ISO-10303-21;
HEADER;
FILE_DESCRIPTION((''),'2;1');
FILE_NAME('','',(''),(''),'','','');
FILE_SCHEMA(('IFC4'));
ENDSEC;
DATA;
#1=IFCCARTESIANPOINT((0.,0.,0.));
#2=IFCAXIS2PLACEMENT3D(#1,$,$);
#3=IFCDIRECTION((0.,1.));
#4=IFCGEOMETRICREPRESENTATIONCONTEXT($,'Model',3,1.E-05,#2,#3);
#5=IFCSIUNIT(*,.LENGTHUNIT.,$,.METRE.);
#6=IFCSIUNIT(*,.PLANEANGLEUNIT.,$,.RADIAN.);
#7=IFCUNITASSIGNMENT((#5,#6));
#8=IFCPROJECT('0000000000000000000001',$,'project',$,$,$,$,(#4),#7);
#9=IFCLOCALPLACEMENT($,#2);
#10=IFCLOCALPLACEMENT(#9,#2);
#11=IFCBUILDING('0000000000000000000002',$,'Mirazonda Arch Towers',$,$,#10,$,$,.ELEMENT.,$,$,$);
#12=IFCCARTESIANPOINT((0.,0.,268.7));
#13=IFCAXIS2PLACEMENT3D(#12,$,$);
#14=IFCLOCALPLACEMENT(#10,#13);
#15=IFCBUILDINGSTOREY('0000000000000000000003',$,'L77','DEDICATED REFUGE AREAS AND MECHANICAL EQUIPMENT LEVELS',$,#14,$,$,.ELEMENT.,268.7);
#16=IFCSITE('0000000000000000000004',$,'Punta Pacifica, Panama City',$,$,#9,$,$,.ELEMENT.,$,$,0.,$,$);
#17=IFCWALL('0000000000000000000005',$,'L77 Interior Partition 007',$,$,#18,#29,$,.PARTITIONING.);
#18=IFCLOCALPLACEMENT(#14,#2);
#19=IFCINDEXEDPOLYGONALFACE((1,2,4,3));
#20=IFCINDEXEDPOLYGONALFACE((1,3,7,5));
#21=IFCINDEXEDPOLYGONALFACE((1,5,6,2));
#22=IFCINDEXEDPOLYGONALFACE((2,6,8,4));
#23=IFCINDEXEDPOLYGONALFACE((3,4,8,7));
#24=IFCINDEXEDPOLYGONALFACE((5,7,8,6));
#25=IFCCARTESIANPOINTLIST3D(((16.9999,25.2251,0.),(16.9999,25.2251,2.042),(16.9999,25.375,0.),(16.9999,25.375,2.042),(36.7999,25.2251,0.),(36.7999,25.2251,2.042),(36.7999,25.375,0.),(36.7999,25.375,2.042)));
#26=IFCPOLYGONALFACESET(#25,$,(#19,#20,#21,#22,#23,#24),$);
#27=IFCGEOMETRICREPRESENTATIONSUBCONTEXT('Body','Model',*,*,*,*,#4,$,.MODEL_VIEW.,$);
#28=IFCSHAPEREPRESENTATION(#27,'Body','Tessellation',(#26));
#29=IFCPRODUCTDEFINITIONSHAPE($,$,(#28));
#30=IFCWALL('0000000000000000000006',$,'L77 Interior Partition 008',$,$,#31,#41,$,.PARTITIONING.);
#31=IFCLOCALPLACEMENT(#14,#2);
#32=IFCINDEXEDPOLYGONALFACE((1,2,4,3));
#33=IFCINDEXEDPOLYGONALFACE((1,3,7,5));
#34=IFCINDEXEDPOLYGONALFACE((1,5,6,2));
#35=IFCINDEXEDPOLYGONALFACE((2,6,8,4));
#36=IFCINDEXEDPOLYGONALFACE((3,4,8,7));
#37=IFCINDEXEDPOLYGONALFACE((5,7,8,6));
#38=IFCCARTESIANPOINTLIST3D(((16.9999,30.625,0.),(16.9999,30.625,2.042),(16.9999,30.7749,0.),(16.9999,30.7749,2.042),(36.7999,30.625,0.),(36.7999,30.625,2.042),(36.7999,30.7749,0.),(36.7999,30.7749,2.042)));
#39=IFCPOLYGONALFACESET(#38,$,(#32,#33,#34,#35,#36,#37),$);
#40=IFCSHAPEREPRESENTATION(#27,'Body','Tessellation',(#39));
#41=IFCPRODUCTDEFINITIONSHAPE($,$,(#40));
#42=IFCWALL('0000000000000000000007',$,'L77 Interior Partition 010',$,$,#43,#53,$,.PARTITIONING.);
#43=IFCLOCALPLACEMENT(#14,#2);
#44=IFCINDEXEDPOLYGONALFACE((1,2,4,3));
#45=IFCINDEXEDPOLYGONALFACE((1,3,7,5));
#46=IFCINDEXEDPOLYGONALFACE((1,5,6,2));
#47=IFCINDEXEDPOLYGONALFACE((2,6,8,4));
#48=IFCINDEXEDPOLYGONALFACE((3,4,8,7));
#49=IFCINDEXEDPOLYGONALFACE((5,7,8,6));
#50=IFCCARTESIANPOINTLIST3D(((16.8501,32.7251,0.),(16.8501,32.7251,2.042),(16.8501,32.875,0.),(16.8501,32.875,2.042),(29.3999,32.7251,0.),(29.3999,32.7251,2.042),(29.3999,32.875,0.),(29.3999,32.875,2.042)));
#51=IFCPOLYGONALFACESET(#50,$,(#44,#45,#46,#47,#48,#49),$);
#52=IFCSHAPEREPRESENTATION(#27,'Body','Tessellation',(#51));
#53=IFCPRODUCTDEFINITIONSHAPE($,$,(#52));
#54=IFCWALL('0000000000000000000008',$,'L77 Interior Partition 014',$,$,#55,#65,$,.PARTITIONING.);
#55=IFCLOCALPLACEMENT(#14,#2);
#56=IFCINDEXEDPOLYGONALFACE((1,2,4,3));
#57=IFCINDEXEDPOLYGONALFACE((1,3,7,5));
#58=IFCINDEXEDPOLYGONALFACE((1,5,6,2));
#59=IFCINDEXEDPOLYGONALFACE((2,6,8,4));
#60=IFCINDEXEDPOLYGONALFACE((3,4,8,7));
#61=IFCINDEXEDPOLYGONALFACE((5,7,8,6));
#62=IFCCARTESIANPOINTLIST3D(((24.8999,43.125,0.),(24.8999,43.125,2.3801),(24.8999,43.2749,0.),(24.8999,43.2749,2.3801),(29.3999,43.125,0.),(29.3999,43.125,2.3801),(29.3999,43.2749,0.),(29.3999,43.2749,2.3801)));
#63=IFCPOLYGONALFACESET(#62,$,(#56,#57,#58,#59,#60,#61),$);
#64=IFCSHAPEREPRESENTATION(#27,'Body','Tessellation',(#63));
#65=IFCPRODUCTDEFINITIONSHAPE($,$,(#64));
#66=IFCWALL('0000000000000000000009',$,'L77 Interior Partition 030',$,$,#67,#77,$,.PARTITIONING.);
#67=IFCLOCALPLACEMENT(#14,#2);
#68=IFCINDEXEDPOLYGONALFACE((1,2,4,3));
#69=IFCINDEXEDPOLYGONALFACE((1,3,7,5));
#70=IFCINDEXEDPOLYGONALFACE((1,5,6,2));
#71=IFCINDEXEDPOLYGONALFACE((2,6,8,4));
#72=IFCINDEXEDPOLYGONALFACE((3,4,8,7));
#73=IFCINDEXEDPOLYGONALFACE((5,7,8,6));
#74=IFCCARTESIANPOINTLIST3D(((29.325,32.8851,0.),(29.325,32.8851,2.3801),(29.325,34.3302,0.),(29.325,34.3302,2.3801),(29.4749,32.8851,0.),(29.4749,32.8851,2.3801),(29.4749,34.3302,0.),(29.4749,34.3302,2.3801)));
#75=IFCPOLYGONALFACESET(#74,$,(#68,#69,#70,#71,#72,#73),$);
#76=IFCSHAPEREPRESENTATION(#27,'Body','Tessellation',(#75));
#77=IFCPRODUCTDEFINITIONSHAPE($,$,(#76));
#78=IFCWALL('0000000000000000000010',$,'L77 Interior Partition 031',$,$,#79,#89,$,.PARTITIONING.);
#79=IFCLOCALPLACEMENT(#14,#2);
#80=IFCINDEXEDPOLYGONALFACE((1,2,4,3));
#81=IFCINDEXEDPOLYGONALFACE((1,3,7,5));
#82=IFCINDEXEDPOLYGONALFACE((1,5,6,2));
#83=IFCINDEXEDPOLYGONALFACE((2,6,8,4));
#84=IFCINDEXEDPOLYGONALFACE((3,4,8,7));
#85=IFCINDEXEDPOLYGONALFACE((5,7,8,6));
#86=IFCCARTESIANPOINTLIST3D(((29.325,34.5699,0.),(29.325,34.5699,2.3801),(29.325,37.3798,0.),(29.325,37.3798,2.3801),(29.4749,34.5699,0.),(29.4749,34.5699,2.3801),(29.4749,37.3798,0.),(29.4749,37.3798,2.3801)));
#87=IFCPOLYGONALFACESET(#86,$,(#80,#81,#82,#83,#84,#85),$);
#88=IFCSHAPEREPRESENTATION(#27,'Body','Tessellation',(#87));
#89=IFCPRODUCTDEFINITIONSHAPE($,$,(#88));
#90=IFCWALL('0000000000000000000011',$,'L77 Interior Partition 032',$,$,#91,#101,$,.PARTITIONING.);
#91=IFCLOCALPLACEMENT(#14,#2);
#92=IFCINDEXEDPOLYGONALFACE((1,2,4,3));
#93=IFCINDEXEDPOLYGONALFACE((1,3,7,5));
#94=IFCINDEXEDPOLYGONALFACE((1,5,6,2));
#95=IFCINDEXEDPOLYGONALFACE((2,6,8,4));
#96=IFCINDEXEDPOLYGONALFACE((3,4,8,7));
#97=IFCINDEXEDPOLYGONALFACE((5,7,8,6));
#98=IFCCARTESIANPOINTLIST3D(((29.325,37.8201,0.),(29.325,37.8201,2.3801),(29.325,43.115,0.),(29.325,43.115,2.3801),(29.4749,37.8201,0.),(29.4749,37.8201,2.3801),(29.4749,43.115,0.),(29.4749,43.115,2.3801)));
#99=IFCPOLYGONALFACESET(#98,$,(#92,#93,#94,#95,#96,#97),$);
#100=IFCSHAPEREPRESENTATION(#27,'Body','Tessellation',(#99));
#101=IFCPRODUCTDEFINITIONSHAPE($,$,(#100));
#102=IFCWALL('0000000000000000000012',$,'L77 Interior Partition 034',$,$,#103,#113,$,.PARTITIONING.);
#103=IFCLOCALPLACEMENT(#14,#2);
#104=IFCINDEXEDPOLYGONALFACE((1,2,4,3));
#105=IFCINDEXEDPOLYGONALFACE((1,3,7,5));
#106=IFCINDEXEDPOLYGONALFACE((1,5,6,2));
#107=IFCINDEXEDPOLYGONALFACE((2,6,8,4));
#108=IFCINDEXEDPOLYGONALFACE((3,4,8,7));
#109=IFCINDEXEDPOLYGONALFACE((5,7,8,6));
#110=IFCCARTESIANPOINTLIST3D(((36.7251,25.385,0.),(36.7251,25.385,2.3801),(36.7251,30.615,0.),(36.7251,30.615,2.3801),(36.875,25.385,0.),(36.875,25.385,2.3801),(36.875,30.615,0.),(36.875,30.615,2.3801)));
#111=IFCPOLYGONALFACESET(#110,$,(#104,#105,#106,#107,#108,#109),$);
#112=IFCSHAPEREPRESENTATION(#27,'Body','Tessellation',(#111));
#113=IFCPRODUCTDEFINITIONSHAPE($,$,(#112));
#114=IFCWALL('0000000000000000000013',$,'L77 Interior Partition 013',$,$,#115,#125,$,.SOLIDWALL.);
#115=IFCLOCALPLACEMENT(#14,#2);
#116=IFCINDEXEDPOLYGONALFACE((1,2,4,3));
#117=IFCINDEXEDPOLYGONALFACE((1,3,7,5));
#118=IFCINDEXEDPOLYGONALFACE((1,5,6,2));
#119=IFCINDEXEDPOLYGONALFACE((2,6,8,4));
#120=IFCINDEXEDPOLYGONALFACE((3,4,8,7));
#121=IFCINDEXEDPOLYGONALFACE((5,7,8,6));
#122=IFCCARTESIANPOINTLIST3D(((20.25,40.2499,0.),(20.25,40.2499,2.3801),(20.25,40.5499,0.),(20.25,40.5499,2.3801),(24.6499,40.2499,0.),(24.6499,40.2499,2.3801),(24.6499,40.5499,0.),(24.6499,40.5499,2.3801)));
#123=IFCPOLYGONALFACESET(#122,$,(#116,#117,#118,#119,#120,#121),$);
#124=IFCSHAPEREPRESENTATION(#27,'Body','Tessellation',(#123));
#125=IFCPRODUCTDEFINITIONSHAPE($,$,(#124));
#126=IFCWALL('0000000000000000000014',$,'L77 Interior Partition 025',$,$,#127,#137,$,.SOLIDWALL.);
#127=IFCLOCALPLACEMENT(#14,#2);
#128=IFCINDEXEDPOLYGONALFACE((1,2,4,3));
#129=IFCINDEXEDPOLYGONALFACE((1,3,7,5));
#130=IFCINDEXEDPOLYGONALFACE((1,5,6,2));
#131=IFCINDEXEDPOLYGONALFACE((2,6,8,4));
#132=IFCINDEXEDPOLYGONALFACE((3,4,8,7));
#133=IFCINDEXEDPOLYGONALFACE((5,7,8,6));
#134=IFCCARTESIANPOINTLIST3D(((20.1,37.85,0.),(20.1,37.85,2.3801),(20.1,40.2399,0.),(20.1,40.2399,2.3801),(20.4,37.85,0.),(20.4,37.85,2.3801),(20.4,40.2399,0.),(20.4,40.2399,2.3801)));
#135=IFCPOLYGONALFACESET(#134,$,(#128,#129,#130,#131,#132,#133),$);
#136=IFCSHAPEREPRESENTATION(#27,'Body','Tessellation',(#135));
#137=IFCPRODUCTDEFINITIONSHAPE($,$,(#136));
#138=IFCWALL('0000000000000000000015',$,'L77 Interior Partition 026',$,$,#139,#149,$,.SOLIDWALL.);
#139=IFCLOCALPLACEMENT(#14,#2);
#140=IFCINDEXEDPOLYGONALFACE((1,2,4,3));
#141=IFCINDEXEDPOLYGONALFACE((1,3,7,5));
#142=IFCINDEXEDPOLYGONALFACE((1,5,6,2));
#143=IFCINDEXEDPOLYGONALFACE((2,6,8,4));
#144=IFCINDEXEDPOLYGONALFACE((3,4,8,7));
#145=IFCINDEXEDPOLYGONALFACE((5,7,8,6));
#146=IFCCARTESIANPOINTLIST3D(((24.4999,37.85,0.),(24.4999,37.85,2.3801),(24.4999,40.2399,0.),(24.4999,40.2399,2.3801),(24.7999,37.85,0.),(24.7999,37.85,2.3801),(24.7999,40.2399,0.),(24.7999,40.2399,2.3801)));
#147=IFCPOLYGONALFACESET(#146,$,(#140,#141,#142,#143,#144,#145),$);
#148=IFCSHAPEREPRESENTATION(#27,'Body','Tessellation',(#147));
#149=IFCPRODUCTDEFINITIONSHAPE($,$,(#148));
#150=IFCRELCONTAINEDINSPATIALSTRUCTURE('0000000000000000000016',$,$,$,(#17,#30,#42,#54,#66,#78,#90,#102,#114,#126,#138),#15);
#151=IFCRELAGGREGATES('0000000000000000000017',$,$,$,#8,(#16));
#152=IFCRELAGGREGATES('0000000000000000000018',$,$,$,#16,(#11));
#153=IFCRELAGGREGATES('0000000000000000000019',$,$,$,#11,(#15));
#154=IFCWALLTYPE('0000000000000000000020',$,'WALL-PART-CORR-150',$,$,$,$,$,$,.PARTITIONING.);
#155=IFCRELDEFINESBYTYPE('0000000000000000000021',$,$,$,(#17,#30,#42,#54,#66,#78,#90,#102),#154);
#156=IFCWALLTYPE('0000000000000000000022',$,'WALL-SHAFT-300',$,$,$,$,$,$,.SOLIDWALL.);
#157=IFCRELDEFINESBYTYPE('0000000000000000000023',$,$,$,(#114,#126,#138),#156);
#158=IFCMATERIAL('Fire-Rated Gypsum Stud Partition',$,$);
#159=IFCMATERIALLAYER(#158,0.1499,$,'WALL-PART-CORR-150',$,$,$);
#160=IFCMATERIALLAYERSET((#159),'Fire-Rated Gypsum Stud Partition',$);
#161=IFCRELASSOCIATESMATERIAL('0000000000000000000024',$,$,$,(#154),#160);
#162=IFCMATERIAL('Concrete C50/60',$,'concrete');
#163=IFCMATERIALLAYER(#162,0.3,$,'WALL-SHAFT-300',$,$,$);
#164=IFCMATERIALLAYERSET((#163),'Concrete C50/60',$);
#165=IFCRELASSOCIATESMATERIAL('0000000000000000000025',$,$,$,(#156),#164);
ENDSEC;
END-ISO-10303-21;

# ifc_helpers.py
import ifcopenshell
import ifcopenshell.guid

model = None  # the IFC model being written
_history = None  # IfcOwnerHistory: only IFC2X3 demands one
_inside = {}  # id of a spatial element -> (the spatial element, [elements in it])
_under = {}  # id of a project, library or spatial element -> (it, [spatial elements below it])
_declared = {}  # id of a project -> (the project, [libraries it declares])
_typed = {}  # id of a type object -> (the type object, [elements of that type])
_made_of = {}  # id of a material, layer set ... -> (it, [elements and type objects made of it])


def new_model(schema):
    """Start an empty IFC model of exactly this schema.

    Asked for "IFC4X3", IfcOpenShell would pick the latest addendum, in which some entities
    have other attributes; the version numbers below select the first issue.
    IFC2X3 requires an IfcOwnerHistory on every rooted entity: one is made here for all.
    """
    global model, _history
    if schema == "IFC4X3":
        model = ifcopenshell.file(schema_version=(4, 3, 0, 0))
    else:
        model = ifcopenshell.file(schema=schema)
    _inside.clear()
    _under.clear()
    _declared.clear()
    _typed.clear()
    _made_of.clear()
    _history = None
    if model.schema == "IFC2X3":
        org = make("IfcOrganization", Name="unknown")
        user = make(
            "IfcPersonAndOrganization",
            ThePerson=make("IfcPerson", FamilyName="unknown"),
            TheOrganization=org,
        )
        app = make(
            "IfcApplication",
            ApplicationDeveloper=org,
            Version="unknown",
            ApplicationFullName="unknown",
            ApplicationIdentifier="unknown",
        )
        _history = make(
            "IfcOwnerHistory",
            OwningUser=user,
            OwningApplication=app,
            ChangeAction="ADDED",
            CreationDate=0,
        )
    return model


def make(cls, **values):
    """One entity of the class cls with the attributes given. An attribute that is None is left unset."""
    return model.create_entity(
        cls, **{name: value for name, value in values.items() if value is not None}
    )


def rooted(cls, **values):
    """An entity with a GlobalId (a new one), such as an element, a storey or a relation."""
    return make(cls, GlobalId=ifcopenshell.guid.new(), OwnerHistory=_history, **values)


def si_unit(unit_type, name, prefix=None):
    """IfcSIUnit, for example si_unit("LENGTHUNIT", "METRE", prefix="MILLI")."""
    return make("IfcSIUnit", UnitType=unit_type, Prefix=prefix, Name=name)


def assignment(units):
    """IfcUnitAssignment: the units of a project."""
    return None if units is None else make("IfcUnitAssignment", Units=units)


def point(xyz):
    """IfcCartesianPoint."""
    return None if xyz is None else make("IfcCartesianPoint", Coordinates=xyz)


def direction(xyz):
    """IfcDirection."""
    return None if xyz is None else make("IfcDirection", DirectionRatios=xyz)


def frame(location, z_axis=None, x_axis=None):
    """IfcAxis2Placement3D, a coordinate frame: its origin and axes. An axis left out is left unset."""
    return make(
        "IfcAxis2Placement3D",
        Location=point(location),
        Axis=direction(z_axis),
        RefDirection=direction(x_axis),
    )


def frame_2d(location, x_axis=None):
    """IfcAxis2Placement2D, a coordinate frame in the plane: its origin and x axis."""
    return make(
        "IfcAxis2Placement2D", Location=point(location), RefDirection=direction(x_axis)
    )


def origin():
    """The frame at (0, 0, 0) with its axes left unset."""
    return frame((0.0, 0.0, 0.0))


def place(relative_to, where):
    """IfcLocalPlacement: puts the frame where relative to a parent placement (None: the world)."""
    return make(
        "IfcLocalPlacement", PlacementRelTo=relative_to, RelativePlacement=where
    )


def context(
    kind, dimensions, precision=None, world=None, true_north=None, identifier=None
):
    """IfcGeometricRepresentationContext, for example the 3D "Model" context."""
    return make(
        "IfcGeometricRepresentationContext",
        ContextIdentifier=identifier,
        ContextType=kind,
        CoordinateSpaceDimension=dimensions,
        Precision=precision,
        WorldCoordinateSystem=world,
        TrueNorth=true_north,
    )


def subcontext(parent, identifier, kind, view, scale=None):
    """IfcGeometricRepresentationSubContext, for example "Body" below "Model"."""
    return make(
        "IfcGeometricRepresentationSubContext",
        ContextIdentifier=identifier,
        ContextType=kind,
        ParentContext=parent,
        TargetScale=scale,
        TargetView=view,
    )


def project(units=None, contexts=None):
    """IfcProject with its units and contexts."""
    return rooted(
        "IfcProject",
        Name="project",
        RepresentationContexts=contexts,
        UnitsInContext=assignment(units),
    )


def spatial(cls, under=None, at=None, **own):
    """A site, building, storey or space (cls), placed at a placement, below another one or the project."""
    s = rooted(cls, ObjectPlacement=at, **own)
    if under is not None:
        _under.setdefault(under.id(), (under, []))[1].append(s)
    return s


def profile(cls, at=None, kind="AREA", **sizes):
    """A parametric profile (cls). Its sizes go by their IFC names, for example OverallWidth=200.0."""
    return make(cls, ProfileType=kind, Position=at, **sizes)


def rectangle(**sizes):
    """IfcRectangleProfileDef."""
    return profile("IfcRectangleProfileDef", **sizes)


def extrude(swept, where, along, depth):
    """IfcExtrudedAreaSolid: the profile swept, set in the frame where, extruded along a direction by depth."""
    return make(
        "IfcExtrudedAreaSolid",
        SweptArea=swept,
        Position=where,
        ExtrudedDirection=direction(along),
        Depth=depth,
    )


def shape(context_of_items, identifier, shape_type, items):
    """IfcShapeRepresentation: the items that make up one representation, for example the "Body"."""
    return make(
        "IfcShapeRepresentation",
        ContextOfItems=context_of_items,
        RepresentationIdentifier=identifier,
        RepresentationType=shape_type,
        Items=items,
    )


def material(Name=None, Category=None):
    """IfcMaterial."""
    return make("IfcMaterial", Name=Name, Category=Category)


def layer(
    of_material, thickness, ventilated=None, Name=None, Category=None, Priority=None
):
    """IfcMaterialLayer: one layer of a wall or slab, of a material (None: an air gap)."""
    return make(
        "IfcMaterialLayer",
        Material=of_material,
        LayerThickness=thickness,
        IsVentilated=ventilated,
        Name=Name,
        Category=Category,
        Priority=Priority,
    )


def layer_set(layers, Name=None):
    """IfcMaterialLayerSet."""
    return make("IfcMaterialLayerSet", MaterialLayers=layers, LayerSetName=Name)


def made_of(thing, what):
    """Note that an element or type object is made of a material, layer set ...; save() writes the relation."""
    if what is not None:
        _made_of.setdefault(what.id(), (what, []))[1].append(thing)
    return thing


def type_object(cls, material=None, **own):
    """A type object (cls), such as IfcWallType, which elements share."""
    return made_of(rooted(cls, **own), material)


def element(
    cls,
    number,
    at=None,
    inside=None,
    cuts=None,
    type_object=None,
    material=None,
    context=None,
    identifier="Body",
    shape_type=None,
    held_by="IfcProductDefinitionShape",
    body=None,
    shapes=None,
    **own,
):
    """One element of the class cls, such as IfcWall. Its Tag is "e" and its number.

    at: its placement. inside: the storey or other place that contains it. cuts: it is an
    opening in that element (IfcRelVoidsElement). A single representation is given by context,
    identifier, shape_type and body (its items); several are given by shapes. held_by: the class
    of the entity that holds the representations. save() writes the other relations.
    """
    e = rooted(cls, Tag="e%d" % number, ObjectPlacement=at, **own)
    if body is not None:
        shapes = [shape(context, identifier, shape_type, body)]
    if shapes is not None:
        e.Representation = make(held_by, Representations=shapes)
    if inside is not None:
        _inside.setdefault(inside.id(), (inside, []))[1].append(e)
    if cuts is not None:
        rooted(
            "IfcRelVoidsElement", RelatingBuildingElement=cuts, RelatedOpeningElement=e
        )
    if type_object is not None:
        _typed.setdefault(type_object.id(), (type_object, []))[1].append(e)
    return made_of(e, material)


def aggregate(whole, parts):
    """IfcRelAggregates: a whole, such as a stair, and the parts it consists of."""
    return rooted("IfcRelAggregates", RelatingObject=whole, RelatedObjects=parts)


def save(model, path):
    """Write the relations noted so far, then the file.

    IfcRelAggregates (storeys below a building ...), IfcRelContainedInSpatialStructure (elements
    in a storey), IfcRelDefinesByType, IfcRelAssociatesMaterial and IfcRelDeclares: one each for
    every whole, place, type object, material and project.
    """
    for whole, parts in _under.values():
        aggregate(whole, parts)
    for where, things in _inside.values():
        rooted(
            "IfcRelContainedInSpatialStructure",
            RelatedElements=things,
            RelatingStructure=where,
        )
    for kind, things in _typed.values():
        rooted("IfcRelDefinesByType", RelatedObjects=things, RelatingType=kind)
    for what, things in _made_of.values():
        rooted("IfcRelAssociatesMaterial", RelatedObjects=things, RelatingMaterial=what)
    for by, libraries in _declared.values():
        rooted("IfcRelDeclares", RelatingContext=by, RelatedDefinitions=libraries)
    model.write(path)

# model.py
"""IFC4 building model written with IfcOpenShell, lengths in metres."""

from ifc_helpers import new_model, si_unit, direction, frame, frame_2d, origin, place, context, subcontext, project, spatial, rectangle, extrude, material, layer, layer_set, type_object, element, save


model = new_model("IFC4")

# Units and contexts
model_context = context("Model", 3, precision=1e-05, world=origin(), true_north=direction((0.0, 1.0)))
body_context = subcontext(model_context, "Body", "Model", "MODEL_VIEW")
ifc_project = project(units=[si_unit("LENGTHUNIT", "METRE"), si_unit("PLANEANGLEUNIT", "RADIAN")], contexts=[model_context])

# Site, building, storey
site_placement = place(None, origin())
site = spatial("IfcSite", under=ifc_project, at=site_placement, Name="Punta Pacifica, Panama City", CompositionType="ELEMENT", RefElevation=0.0)
building_placement = place(site_placement, origin())
building = spatial("IfcBuilding", under=site, at=building_placement, Name="Mirazonda Arch Towers", CompositionType="ELEMENT")
storey_placement = place(building_placement, frame((0.0, 0.0, 268.7)))
storey = spatial("IfcBuildingStorey", under=building, at=storey_placement, Name="L77", Description="DEDICATED REFUGE AREAS AND MECHANICAL EQUIPMENT LEVELS", CompositionType="ELEMENT", Elevation=268.7)

# Shared definitions
ifc_material_1 = material(Name="Concrete C50/60", Category="concrete")

# Walls
ifc_material_2 = material(Name="Fire-Rated Gypsum Stud Partition")
ifc_layer_1 = layer(ifc_material_2, 0.1499, Name="WALL-PART-CORR-150")
ifc_layer_set_1 = layer_set([ifc_layer_1], Name="Fire-Rated Gypsum Stud Partition")
wall_type_1 = type_object("IfcWallType", Name="WALL-PART-CORR-150", PredefinedType="PARTITIONING", material=ifc_layer_set_1)
for number, where, z_axis, x_axis, name in (
    (1, (17.0, 25.3, 0.0), (0.0, 0.0, 1.0), (1.0, 0.0, 0.0), "L77 Interior Partition 007"),
    (2, (17.0, 30.7, 0.0), (0.0, 0.0, 1.0), (1.0, 0.0, 0.0), "L77 Interior Partition 008"),
):
    element("IfcWall", number, at=place(storey_placement, frame(where, z_axis=z_axis, x_axis=x_axis)), inside=storey, type_object=wall_type_1, Name=name, PredefinedType="PARTITIONING", context=body_context, shape_type="SweptSolid", body=[
        extrude(rectangle(XDim=19.8, YDim=0.1499, at=frame_2d((9.8999, 0.0))), origin(), (0.0, 0.0, 1.0), 2.042),
    ])
wall_1_placement = place(storey_placement, frame((16.8501, 32.8, 0.0), z_axis=(0.0, 0.0, 1.0), x_axis=(1.0, 0.0, 0.0)))
element("IfcWall", 3, at=wall_1_placement, inside=storey, type_object=wall_type_1, Name="L77 Interior Partition 010", PredefinedType="PARTITIONING", context=body_context, shape_type="SweptSolid", body=[
    extrude(rectangle(XDim=12.5498, YDim=0.1499, at=frame_2d((6.2749, 0.0))), origin(), (0.0, 0.0, 1.0), 2.042),
])
wall_2_placement = place(storey_placement, frame((24.8999, 43.2, 0.0), z_axis=(0.0, 0.0, 1.0), x_axis=(1.0, 0.0, 0.0)))
element("IfcWall", 4, at=wall_2_placement, inside=storey, type_object=wall_type_1, Name="L77 Interior Partition 014", PredefinedType="PARTITIONING", context=body_context, shape_type="SweptSolid", body=[
    extrude(rectangle(XDim=4.5, YDim=0.1499, at=frame_2d((2.25, 0.0))), origin(), (0.0, 0.0, 1.0), 2.3801),
])
wall_3_placement = place(storey_placement, frame((29.3999, 32.885, 0.0), z_axis=(0.0, 0.0, 1.0), x_axis=(0.0, 1.0, 0.0)))
element("IfcWall", 5, at=wall_3_placement, inside=storey, type_object=wall_type_1, Name="L77 Interior Partition 030", PredefinedType="PARTITIONING", context=body_context, shape_type="SweptSolid", body=[
    extrude(rectangle(XDim=1.4451, YDim=0.1499, at=frame_2d((0.7227, 0.0))), origin(), (0.0, 0.0, 1.0), 2.3801),
])
wall_4_placement = place(storey_placement, frame((29.3999, 34.5701, 0.0), z_axis=(0.0, 0.0, 1.0), x_axis=(0.0, 1.0, 0.0)))
element("IfcWall", 6, at=wall_4_placement, inside=storey, type_object=wall_type_1, Name="L77 Interior Partition 031", PredefinedType="PARTITIONING", context=body_context, shape_type="SweptSolid", body=[
    extrude(rectangle(XDim=2.8098, YDim=0.1499, at=frame_2d((1.4048, 0.0))), origin(), (0.0, 0.0, 1.0), 2.3801),
])
wall_5_placement = place(storey_placement, frame((29.3999, 37.8201, 0.0), z_axis=(0.0, 0.0, 1.0), x_axis=(0.0, 1.0, 0.0)))
element("IfcWall", 7, at=wall_5_placement, inside=storey, type_object=wall_type_1, Name="L77 Interior Partition 032", PredefinedType="PARTITIONING", context=body_context, shape_type="SweptSolid", body=[
    extrude(rectangle(XDim=5.2949, YDim=0.1499, at=frame_2d((2.6475, 0.0))), origin(), (0.0, 0.0, 1.0), 2.3801),
])
wall_6_placement = place(storey_placement, frame((36.8, 25.385, 0.0), z_axis=(0.0, 0.0, 1.0), x_axis=(0.0, 1.0, 0.0)))
element("IfcWall", 8, at=wall_6_placement, inside=storey, type_object=wall_type_1, Name="L77 Interior Partition 034", PredefinedType="PARTITIONING", context=body_context, shape_type="SweptSolid", body=[
    extrude(rectangle(XDim=5.23, YDim=0.1499, at=frame_2d((2.615, 0.0))), origin(), (0.0, 0.0, 1.0), 2.3801),
])
ifc_layer_2 = layer(ifc_material_1, 0.3, Name="WALL-SHAFT-300")
ifc_layer_set_2 = layer_set([ifc_layer_2], Name="Concrete C50/60")
wall_type_2 = type_object("IfcWallType", Name="WALL-SHAFT-300", PredefinedType="SOLIDWALL", material=ifc_layer_set_2)
wall_7_placement = place(storey_placement, frame((20.25, 40.3999, 0.0), z_axis=(0.0, 0.0, 1.0), x_axis=(1.0, 0.0, 0.0)))
element("IfcWall", 9, at=wall_7_placement, inside=storey, type_object=wall_type_2, Name="L77 Interior Partition 013", PredefinedType="SOLIDWALL", context=body_context, shape_type="SweptSolid", body=[
    extrude(rectangle(XDim=4.3999, YDim=0.3, at=frame_2d((2.2, 0.0))), origin(), (0.0, 0.0, 1.0), 2.3801),
])
for number, where, z_axis, x_axis, name in (
    (10, (20.25, 37.8501, 0.0), (0.0, 0.0, 1.0), (0.0, 1.0, 0.0), "L77 Interior Partition 025"),
    (11, (24.6499, 37.8501, 0.0), (0.0, 0.0, 1.0), (0.0, 1.0, 0.0), "L77 Interior Partition 026"),
):
    element("IfcWall", number, at=place(storey_placement, frame(where, z_axis=z_axis, x_axis=x_axis)), inside=storey, type_object=wall_type_2, Name=name, PredefinedType="SOLIDWALL", context=body_context, shape_type="SweptSolid", body=[
        extrude(rectangle(XDim=2.3899, YDim=0.3, at=frame_2d((1.1948, 0.0))), origin(), (0.0, 0.0, 1.0), 2.3801),
    ])

save(model, "model.ifc")
